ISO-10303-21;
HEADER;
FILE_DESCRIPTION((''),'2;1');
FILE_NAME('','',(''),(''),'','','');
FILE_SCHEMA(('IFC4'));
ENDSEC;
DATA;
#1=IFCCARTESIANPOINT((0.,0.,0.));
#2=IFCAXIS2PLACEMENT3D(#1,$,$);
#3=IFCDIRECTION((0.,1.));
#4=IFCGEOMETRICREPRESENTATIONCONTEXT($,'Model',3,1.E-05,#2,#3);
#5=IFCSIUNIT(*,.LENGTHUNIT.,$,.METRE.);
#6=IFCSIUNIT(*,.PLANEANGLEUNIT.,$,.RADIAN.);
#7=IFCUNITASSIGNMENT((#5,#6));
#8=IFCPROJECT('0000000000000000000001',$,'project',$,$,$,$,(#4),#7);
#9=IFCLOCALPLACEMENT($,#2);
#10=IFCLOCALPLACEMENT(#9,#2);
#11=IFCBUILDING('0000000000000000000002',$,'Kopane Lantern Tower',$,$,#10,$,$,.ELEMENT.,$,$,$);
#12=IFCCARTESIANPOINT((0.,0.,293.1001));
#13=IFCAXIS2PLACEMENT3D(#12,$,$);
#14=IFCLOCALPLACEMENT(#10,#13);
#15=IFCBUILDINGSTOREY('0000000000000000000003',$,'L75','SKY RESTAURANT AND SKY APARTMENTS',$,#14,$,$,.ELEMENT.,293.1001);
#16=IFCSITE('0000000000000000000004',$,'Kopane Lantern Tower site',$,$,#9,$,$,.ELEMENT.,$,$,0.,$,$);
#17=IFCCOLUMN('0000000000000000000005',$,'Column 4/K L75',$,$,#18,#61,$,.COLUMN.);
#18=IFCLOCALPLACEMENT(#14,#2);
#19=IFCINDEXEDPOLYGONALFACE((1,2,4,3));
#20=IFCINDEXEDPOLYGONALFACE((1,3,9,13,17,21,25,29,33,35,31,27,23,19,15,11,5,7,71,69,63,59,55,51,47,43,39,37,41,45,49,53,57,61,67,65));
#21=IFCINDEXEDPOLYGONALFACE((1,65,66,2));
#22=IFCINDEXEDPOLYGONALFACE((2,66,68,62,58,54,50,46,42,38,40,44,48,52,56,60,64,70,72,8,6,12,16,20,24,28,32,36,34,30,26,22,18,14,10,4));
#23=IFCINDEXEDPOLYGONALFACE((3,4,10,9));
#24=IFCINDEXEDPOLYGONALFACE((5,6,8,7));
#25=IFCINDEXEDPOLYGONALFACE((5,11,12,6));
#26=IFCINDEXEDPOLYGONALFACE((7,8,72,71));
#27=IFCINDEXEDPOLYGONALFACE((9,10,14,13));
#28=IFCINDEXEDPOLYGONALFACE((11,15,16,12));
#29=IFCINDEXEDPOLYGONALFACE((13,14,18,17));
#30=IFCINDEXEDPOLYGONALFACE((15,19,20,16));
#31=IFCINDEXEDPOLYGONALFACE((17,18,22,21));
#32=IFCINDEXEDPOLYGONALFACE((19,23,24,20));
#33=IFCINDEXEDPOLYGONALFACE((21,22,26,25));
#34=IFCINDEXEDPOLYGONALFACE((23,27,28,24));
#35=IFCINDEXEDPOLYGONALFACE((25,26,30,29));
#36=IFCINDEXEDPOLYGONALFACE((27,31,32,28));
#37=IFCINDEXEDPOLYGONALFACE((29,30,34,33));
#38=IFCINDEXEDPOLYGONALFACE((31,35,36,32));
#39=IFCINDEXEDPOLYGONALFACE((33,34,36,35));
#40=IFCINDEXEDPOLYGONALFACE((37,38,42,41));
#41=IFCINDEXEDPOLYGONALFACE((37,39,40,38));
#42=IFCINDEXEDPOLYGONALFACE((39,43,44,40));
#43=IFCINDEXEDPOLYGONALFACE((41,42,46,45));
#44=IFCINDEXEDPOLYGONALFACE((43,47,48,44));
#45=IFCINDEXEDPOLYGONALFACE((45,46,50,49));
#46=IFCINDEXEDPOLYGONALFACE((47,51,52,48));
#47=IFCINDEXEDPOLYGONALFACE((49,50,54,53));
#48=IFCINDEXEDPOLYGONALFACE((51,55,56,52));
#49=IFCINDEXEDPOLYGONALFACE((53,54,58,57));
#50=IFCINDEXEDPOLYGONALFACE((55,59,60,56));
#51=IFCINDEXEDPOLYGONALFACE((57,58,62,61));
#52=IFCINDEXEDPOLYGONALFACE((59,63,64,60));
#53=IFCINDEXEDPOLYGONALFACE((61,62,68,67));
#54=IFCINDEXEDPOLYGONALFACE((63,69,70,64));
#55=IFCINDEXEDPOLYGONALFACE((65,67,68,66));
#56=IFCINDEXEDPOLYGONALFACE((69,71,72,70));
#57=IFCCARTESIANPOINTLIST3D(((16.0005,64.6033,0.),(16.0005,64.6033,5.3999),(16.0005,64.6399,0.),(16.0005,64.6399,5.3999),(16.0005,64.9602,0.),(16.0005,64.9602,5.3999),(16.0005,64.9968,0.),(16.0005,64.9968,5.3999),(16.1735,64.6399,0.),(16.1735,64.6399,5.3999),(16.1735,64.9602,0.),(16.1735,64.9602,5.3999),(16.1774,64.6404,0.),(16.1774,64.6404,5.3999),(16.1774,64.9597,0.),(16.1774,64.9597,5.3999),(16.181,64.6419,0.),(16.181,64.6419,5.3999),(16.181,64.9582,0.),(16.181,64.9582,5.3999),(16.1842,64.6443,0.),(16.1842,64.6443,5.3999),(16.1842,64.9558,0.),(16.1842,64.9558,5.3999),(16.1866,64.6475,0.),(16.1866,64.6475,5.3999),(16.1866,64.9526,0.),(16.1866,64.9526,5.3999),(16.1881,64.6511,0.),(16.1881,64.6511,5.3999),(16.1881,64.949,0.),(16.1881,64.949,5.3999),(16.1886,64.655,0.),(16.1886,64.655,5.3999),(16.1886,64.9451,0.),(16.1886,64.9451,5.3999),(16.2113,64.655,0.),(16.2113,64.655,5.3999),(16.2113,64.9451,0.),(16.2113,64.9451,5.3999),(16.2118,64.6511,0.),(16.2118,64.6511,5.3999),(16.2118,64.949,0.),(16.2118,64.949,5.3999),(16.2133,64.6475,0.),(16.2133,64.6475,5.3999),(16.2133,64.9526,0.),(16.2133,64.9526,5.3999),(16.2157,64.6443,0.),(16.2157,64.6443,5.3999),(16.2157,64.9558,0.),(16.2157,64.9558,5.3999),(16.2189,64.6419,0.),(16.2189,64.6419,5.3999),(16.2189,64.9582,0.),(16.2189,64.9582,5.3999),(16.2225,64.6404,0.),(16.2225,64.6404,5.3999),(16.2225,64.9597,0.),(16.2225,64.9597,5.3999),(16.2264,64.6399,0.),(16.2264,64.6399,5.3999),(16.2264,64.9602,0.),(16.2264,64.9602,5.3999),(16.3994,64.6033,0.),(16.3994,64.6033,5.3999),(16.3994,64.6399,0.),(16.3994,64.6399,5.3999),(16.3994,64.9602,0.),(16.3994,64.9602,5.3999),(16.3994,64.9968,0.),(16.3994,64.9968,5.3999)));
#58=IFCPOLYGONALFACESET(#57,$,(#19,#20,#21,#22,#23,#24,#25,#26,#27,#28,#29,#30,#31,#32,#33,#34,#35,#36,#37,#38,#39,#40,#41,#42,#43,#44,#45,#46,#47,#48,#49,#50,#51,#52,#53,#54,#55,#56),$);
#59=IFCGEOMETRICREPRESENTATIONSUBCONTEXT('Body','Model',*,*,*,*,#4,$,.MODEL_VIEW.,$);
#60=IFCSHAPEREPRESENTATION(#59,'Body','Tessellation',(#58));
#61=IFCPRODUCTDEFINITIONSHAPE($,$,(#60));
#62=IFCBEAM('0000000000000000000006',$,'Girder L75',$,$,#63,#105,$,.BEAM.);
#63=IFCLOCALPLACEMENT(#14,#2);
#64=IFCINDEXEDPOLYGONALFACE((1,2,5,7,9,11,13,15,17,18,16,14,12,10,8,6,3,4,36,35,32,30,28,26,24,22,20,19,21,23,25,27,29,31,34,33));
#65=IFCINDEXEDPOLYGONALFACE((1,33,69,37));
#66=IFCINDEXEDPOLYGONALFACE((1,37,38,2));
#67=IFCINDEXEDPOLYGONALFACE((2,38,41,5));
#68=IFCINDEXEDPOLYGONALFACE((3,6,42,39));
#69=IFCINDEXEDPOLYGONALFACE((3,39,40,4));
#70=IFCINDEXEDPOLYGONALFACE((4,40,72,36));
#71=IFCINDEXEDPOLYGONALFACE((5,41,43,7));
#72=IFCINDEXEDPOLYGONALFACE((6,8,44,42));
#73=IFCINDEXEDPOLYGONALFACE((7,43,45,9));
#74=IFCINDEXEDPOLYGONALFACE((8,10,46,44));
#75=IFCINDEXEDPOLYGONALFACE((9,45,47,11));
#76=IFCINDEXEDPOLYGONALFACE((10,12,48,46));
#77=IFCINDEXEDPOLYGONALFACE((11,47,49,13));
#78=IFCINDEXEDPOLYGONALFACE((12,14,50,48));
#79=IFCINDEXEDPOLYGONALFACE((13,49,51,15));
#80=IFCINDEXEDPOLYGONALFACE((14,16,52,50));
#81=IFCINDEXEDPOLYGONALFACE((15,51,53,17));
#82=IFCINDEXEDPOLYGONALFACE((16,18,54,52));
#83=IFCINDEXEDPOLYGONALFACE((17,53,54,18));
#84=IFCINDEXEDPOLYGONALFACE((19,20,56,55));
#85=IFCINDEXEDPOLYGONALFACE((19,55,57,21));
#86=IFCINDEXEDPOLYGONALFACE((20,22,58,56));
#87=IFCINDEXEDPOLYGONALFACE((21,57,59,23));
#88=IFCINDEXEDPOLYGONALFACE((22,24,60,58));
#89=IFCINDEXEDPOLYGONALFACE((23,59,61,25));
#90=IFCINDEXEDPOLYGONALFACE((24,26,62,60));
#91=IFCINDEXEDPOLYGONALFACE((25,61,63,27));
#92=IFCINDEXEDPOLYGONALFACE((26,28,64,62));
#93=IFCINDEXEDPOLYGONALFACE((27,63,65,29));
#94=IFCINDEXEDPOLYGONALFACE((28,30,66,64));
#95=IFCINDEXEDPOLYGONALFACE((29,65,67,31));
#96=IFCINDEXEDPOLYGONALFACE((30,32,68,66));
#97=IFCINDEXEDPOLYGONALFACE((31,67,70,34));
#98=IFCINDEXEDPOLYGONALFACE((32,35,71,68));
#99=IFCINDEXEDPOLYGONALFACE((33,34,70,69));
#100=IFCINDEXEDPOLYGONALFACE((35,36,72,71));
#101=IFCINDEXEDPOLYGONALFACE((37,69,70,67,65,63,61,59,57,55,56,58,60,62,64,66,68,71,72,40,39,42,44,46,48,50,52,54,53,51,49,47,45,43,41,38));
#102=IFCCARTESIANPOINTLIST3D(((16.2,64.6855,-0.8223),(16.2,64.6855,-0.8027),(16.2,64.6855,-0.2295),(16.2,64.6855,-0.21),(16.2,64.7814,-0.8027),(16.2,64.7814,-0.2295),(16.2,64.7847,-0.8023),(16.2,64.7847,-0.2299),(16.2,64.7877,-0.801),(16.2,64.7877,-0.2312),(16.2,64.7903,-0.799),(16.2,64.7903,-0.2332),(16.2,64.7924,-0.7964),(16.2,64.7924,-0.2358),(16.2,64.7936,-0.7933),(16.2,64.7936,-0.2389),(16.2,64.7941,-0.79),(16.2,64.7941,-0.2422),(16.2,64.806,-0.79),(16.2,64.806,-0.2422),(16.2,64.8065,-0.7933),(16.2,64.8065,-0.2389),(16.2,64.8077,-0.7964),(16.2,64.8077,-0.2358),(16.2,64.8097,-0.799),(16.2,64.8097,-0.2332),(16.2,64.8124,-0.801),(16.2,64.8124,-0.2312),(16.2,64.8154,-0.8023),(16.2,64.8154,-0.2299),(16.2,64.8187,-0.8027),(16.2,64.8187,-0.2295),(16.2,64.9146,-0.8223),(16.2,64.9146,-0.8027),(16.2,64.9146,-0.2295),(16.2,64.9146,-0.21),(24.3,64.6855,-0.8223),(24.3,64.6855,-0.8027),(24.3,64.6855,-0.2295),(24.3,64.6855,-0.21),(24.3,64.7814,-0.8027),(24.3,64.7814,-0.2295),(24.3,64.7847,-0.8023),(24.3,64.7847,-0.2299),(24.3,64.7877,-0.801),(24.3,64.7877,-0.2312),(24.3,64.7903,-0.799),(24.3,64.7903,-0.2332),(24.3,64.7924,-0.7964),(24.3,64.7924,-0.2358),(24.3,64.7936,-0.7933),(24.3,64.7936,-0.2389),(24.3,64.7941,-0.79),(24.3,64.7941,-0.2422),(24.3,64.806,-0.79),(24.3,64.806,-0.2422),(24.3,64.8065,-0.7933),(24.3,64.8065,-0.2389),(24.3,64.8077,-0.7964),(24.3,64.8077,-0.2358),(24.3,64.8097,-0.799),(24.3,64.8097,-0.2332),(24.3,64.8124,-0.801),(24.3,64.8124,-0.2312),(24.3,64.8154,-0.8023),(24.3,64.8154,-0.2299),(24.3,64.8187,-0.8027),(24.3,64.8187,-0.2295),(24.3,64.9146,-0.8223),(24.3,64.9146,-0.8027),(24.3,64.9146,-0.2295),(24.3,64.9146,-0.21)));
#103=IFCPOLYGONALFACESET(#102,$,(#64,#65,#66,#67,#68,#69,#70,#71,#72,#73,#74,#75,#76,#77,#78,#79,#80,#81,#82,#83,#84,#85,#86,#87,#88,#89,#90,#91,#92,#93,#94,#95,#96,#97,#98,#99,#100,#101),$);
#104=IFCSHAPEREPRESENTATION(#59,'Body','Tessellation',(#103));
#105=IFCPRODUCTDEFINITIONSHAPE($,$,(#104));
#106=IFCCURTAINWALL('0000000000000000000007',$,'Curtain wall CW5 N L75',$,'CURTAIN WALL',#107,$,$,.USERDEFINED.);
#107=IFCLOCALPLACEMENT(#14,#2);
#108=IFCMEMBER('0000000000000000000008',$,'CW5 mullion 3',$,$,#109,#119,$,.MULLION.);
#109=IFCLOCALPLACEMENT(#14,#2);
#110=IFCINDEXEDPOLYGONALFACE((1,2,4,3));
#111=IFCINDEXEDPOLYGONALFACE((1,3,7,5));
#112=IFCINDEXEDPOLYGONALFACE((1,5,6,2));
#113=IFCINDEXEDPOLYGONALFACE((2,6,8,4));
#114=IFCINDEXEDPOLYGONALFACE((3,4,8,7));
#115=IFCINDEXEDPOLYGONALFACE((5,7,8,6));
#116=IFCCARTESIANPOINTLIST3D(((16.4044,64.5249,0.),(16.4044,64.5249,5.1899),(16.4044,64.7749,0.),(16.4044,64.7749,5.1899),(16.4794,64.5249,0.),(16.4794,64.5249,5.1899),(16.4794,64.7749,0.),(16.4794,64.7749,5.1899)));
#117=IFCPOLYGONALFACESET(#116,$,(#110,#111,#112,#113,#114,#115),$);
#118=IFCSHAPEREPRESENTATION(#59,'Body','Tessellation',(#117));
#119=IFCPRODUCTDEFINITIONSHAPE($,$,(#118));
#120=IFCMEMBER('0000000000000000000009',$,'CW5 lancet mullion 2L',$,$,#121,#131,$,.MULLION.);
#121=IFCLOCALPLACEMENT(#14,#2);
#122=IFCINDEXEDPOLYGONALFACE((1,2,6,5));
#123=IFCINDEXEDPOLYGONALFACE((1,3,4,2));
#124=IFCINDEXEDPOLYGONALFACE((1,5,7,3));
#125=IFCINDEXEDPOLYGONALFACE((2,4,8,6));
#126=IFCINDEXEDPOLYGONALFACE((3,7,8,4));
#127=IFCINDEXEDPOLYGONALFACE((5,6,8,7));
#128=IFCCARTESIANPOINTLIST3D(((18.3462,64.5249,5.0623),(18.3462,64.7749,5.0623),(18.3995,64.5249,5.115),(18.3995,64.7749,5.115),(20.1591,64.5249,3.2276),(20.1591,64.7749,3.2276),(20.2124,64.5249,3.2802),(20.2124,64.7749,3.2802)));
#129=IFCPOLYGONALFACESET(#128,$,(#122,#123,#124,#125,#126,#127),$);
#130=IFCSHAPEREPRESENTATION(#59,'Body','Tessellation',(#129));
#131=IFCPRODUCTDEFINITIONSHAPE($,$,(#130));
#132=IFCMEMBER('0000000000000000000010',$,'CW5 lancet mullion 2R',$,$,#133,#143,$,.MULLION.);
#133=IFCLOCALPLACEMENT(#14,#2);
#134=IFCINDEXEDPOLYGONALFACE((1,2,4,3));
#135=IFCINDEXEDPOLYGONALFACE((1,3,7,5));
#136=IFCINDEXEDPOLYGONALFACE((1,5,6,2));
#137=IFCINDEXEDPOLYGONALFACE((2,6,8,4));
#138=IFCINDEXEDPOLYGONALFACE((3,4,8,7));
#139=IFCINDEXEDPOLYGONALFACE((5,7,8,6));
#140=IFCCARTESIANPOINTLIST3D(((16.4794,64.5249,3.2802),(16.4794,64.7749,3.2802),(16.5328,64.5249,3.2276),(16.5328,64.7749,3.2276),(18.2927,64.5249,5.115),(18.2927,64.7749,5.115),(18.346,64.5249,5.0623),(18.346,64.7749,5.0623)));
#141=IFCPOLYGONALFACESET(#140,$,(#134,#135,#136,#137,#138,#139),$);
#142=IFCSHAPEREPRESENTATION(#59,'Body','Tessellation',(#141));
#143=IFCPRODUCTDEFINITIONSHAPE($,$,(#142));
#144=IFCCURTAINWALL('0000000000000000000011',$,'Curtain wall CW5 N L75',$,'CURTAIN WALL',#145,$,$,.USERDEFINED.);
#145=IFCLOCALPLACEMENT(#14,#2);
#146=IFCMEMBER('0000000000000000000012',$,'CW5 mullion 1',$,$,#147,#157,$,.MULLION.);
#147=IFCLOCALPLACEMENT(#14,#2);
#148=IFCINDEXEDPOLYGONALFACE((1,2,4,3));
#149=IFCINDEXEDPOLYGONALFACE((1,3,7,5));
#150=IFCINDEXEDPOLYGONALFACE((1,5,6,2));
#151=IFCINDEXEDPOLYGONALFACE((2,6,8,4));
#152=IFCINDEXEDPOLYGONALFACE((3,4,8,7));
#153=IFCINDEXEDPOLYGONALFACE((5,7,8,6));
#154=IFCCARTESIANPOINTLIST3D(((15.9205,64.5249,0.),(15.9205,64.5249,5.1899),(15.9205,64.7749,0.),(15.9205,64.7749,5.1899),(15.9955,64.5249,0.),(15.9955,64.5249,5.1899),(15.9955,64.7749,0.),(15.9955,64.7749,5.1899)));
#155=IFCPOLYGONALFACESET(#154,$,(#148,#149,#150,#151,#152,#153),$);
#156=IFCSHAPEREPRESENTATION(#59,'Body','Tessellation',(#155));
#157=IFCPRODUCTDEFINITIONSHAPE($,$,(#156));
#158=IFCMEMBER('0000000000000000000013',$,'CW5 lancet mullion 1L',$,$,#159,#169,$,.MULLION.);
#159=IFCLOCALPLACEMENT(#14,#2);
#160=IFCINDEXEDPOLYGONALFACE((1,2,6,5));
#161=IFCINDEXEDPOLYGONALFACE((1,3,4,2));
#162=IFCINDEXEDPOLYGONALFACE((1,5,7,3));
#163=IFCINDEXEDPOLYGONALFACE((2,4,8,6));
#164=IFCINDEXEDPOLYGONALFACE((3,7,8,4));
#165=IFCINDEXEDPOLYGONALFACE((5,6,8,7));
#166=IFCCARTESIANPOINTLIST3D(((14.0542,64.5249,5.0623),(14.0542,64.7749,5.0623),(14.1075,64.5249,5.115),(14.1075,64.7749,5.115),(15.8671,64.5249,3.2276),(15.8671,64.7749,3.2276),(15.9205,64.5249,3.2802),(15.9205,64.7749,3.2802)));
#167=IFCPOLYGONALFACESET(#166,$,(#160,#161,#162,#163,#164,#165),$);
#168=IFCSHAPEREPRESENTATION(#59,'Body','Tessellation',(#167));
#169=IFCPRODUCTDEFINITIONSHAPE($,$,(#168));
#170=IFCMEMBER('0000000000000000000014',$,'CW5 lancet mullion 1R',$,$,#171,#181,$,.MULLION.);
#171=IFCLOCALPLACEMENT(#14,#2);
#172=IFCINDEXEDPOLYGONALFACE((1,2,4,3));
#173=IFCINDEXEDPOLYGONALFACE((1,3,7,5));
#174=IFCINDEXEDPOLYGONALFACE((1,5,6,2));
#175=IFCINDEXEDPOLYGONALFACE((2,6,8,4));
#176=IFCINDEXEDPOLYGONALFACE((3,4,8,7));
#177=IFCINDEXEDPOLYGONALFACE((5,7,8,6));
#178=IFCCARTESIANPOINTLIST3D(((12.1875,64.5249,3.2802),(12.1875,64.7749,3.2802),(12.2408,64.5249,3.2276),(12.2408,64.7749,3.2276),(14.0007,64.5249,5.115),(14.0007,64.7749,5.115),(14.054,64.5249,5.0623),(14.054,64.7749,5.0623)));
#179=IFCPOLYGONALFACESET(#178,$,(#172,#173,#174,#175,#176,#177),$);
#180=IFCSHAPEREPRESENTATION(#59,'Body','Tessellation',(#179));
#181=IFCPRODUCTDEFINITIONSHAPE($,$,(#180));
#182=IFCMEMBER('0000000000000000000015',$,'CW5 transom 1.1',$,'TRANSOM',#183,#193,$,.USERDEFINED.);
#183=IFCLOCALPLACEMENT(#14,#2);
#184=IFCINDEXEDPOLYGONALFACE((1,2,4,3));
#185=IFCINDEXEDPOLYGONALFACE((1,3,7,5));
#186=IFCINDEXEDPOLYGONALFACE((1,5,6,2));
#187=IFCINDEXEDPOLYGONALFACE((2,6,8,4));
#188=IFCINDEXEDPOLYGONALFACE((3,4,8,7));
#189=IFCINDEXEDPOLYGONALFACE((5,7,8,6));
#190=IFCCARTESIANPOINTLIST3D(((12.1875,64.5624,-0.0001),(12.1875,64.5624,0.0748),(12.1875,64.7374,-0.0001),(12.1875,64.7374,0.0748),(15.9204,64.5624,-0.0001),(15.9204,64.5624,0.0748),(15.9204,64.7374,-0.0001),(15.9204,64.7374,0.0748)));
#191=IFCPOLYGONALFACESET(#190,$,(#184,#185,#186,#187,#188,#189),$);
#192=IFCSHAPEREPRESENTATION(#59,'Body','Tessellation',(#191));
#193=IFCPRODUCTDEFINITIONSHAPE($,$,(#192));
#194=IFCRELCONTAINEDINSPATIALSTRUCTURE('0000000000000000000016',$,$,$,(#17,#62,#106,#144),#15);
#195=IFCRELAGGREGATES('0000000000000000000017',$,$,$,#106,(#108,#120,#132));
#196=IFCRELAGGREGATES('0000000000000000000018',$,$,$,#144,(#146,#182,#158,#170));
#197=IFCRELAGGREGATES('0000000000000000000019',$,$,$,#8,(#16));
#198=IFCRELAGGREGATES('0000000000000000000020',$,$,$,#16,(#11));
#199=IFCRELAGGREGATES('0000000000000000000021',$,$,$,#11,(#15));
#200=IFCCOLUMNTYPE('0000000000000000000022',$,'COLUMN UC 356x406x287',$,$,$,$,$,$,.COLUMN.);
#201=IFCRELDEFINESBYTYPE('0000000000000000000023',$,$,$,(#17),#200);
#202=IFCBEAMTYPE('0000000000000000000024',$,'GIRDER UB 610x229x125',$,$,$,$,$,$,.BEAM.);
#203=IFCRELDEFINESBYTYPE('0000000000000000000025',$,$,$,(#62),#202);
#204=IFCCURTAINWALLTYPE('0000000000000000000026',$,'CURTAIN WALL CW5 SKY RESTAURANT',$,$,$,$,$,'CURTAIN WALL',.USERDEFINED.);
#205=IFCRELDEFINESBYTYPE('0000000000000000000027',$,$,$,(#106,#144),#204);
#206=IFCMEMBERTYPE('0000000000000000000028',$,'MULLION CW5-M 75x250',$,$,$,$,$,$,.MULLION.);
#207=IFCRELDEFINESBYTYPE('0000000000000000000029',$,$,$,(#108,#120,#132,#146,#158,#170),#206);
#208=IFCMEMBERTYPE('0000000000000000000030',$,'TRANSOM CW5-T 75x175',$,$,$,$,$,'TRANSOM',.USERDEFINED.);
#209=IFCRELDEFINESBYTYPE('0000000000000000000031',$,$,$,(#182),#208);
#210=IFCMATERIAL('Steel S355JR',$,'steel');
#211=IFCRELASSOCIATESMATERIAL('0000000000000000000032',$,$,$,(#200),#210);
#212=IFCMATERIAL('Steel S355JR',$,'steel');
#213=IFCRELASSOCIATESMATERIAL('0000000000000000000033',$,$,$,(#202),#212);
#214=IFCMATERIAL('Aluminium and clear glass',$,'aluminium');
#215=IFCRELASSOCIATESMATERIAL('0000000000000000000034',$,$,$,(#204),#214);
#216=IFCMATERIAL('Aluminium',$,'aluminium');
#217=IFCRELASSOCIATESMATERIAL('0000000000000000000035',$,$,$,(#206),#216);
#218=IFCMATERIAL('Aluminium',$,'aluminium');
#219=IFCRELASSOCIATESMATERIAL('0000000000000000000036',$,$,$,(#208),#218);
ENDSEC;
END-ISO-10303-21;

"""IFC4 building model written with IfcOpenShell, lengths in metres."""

from ifc_helpers import new_model, si_unit, direction, frame, origin, origin_2d, place, context, subcontext, project, spatial, rectangle, i_section, extrude, material, material_profile, profile_set, type_object, element, aggregate, save


model = new_model("IFC4")

# Units and contexts
model_context = context("Model", 3, precision=1e-05, world=origin(), true_north=direction((0.0, 1.0)))
body_context = subcontext(model_context, "Body", "Model", "MODEL_VIEW")
ifc_project = project(units=[si_unit("LENGTHUNIT", "METRE"), si_unit("PLANEANGLEUNIT", "RADIAN")], contexts=[model_context])

# Site, building, storey
site_placement = place(None, origin())
site = spatial("IfcSite", under=ifc_project, at=site_placement, Name="Kopane Lantern Tower site", CompositionType="ELEMENT", RefElevation=0.0)
building_placement = place(site_placement, origin())
building = spatial("IfcBuilding", under=site, at=building_placement, Name="Kopane Lantern Tower", CompositionType="ELEMENT")
storey_placement = place(building_placement, frame((0.0, 0.0, 293.1001)))
storey = spatial("IfcBuildingStorey", under=building, at=storey_placement, Name="L75", Description="SKY RESTAURANT AND SKY APARTMENTS", CompositionType="ELEMENT", Elevation=293.1001)

# Column
ifc_material_1 = material(Name="Steel S355JR", Category="steel")
ifc_material_profile_1 = material_profile(ifc_material_1, i_section(OverallWidth=0.3989, OverallDepth=0.3936, WebThickness=0.0227, FlangeThickness=0.0366, FilletRadius=0.0151, at=origin_2d()), Name="UC 356x406x287")
ifc_profile_set_1 = profile_set([ifc_material_profile_1], Name="Steel S355JR")
column_type = type_object("IfcColumnType", Name="COLUMN UC 356x406x287", PredefinedType="COLUMN", material=ifc_profile_set_1)
column_placement = place(storey_placement, frame((16.2, 64.8, 0.0), z_axis=(0.0, 0.0, 1.0), x_axis=(1.0, 0.0, 0.0)))
element("IfcColumn", 1, at=column_placement, inside=storey, type_object=column_type, Name="Column 4/K L75", PredefinedType="COLUMN", context=body_context, shape_type="SweptSolid", body=[
    extrude(i_section(OverallWidth=0.3989, OverallDepth=0.3936, WebThickness=0.0227, FlangeThickness=0.0366, FilletRadius=0.0151, at=origin_2d()), origin(), (0.0, 0.0, 1.0), 5.3999),
])

# Beam
ifc_material_2 = material(Name="Steel S355JR", Category="steel")
ifc_material_profile_2 = material_profile(ifc_material_2, i_section(OverallWidth=0.229, OverallDepth=0.6123, WebThickness=0.012, FlangeThickness=0.0195, FilletRadius=0.0127, at=origin_2d()), Name="UB 610x229x125")
ifc_profile_set_2 = profile_set([ifc_material_profile_2], Name="Steel S355JR")
beam_type = type_object("IfcBeamType", Name="GIRDER UB 610x229x125", PredefinedType="BEAM", material=ifc_profile_set_2)
beam_placement = place(storey_placement, frame((16.2, 64.8, -0.5161), z_axis=(1.0, 0.0, 0.0), x_axis=(0.0, 1.0, 0.0)))
element("IfcBeam", 2, at=beam_placement, inside=storey, type_object=beam_type, Name="Girder L75", PredefinedType="BEAM", context=body_context, shape_type="SweptSolid", body=[
    extrude(i_section(OverallWidth=0.229, OverallDepth=0.6123, WebThickness=0.012, FlangeThickness=0.0195, FilletRadius=0.0127, at=origin_2d()), origin(), (0.0, 0.0, 1.0), 8.1001),
])

# Curtain walls, members
ifc_material_3 = material(Name="Aluminium and clear glass", Category="aluminium")
curtain_wall_type = type_object("IfcCurtainWallType", Name="CURTAIN WALL CW5 SKY RESTAURANT", ElementType="CURTAIN WALL", PredefinedType="USERDEFINED", material=ifc_material_3)
curtain_wall_1_placement = place(storey_placement, origin())
curtain_wall_1 = element("IfcCurtainWall", 3, at=curtain_wall_1_placement, inside=storey, type_object=curtain_wall_type, Name="Curtain wall CW5 N L75", ObjectType="CURTAIN WALL", PredefinedType="USERDEFINED")
ifc_material_4 = material(Name="Aluminium", Category="aluminium")
ifc_material_profile_3 = material_profile(ifc_material_4, rectangle(XDim=0.075, YDim=0.25, at=origin_2d()), Name="AL 75x250")
ifc_profile_set_3 = profile_set([ifc_material_profile_3], Name="Aluminium")
member_type_1 = type_object("IfcMemberType", Name="MULLION CW5-M 75x250", PredefinedType="MULLION", material=ifc_profile_set_3)
member_1_placement = place(storey_placement, frame((16.4419, 64.6499, 0.0), z_axis=(0.0, 0.0, 1.0), x_axis=(-1.0, 0.0, 0.0)))
member_1 = element("IfcMember", 4, at=member_1_placement, type_object=member_type_1, Name="CW5 mullion 3", PredefinedType="MULLION", context=body_context, shape_type="SweptSolid", body=[
    extrude(rectangle(XDim=0.075, YDim=0.25, at=origin_2d()), origin(), (0.0, 0.0, 1.0), 5.1899),
])
member_2_placement = place(storey_placement, frame((20.1858, 64.6499, 3.2539), z_axis=(-0.702882, 0.0, 0.711306), x_axis=(0.711306, 0.0, 0.702882)))
member_2 = element("IfcMember", 5, at=member_2_placement, type_object=member_type_1, Name="CW5 lancet mullion 2L", PredefinedType="MULLION", context=body_context, shape_type="SweptSolid", body=[
    extrude(rectangle(XDim=0.075, YDim=0.25, at=origin_2d()), origin(), (0.0, 0.0, 1.0), 2.5793),
])
member_3_placement = place(storey_placement, frame((16.5061, 64.6499, 3.2539), z_axis=(0.70293, 0.0, 0.711259), x_axis=(-0.711259, 0.0, 0.70293)))
member_3 = element("IfcMember", 6, at=member_3_placement, type_object=member_type_1, Name="CW5 lancet mullion 2R", PredefinedType="MULLION", context=body_context, shape_type="SweptSolid", body=[
    extrude(rectangle(XDim=0.075, YDim=0.25, at=origin_2d()), origin(), (0.0, 0.0, 1.0), 2.5796),
])
curtain_wall_2_placement = place(storey_placement, origin())
curtain_wall_2 = element("IfcCurtainWall", 7, at=curtain_wall_2_placement, inside=storey, type_object=curtain_wall_type, Name="Curtain wall CW5 N L75", ObjectType="CURTAIN WALL", PredefinedType="USERDEFINED")
member_4_placement = place(storey_placement, frame((15.958, 64.6499, 0.0), z_axis=(0.0, 0.0, 1.0), x_axis=(-1.0, 0.0, 0.0)))
member_4 = element("IfcMember", 8, at=member_4_placement, type_object=member_type_1, Name="CW5 mullion 1", PredefinedType="MULLION", context=body_context, shape_type="SweptSolid", body=[
    extrude(rectangle(XDim=0.075, YDim=0.25, at=origin_2d()), origin(), (0.0, 0.0, 1.0), 5.1899),
])
member_5_placement = place(storey_placement, frame((15.8938, 64.6499, 3.2539), z_axis=(-0.702882, 0.0, 0.711306), x_axis=(0.711306, 0.0, 0.702882)))
member_5 = element("IfcMember", 9, at=member_5_placement, type_object=member_type_1, Name="CW5 lancet mullion 1L", PredefinedType="MULLION", context=body_context, shape_type="SweptSolid", body=[
    extrude(rectangle(XDim=0.075, YDim=0.25, at=origin_2d()), origin(), (0.0, 0.0, 1.0), 2.5793),
])
member_6_placement = place(storey_placement, frame((12.2141, 64.6499, 3.2539), z_axis=(0.70293, 0.0, 0.711259), x_axis=(-0.711259, 0.0, 0.70293)))
member_6 = element("IfcMember", 10, at=member_6_placement, type_object=member_type_1, Name="CW5 lancet mullion 1R", PredefinedType="MULLION", context=body_context, shape_type="SweptSolid", body=[
    extrude(rectangle(XDim=0.075, YDim=0.25, at=origin_2d()), origin(), (0.0, 0.0, 1.0), 2.5796),
])
ifc_material_5 = material(Name="Aluminium", Category="aluminium")
ifc_material_profile_4 = material_profile(ifc_material_5, rectangle(XDim=0.175, YDim=0.075, at=origin_2d()), Name="AL 175x75")
ifc_profile_set_4 = profile_set([ifc_material_profile_4], Name="Aluminium")
member_type_2 = type_object("IfcMemberType", Name="TRANSOM CW5-T 75x175", ElementType="TRANSOM", PredefinedType="USERDEFINED", material=ifc_profile_set_4)
member_7_placement = place(storey_placement, frame((15.9204, 64.6499, 0.0374), z_axis=(-1.0, 0.0, 0.0), x_axis=(0.0, -1.0, 0.0)))
member_7 = element("IfcMember", 11, at=member_7_placement, type_object=member_type_2, Name="CW5 transom 1.1", ObjectType="TRANSOM", PredefinedType="USERDEFINED", context=body_context, shape_type="SweptSolid", body=[
    extrude(rectangle(XDim=0.175, YDim=0.075, at=origin_2d()), origin(), (0.0, 0.0, 1.0), 3.7329),
])

aggregate(curtain_wall_1, [member_1, member_2, member_3])
aggregate(curtain_wall_2, [member_4, member_7, member_5, member_6])

save(model, "model.ifc")
